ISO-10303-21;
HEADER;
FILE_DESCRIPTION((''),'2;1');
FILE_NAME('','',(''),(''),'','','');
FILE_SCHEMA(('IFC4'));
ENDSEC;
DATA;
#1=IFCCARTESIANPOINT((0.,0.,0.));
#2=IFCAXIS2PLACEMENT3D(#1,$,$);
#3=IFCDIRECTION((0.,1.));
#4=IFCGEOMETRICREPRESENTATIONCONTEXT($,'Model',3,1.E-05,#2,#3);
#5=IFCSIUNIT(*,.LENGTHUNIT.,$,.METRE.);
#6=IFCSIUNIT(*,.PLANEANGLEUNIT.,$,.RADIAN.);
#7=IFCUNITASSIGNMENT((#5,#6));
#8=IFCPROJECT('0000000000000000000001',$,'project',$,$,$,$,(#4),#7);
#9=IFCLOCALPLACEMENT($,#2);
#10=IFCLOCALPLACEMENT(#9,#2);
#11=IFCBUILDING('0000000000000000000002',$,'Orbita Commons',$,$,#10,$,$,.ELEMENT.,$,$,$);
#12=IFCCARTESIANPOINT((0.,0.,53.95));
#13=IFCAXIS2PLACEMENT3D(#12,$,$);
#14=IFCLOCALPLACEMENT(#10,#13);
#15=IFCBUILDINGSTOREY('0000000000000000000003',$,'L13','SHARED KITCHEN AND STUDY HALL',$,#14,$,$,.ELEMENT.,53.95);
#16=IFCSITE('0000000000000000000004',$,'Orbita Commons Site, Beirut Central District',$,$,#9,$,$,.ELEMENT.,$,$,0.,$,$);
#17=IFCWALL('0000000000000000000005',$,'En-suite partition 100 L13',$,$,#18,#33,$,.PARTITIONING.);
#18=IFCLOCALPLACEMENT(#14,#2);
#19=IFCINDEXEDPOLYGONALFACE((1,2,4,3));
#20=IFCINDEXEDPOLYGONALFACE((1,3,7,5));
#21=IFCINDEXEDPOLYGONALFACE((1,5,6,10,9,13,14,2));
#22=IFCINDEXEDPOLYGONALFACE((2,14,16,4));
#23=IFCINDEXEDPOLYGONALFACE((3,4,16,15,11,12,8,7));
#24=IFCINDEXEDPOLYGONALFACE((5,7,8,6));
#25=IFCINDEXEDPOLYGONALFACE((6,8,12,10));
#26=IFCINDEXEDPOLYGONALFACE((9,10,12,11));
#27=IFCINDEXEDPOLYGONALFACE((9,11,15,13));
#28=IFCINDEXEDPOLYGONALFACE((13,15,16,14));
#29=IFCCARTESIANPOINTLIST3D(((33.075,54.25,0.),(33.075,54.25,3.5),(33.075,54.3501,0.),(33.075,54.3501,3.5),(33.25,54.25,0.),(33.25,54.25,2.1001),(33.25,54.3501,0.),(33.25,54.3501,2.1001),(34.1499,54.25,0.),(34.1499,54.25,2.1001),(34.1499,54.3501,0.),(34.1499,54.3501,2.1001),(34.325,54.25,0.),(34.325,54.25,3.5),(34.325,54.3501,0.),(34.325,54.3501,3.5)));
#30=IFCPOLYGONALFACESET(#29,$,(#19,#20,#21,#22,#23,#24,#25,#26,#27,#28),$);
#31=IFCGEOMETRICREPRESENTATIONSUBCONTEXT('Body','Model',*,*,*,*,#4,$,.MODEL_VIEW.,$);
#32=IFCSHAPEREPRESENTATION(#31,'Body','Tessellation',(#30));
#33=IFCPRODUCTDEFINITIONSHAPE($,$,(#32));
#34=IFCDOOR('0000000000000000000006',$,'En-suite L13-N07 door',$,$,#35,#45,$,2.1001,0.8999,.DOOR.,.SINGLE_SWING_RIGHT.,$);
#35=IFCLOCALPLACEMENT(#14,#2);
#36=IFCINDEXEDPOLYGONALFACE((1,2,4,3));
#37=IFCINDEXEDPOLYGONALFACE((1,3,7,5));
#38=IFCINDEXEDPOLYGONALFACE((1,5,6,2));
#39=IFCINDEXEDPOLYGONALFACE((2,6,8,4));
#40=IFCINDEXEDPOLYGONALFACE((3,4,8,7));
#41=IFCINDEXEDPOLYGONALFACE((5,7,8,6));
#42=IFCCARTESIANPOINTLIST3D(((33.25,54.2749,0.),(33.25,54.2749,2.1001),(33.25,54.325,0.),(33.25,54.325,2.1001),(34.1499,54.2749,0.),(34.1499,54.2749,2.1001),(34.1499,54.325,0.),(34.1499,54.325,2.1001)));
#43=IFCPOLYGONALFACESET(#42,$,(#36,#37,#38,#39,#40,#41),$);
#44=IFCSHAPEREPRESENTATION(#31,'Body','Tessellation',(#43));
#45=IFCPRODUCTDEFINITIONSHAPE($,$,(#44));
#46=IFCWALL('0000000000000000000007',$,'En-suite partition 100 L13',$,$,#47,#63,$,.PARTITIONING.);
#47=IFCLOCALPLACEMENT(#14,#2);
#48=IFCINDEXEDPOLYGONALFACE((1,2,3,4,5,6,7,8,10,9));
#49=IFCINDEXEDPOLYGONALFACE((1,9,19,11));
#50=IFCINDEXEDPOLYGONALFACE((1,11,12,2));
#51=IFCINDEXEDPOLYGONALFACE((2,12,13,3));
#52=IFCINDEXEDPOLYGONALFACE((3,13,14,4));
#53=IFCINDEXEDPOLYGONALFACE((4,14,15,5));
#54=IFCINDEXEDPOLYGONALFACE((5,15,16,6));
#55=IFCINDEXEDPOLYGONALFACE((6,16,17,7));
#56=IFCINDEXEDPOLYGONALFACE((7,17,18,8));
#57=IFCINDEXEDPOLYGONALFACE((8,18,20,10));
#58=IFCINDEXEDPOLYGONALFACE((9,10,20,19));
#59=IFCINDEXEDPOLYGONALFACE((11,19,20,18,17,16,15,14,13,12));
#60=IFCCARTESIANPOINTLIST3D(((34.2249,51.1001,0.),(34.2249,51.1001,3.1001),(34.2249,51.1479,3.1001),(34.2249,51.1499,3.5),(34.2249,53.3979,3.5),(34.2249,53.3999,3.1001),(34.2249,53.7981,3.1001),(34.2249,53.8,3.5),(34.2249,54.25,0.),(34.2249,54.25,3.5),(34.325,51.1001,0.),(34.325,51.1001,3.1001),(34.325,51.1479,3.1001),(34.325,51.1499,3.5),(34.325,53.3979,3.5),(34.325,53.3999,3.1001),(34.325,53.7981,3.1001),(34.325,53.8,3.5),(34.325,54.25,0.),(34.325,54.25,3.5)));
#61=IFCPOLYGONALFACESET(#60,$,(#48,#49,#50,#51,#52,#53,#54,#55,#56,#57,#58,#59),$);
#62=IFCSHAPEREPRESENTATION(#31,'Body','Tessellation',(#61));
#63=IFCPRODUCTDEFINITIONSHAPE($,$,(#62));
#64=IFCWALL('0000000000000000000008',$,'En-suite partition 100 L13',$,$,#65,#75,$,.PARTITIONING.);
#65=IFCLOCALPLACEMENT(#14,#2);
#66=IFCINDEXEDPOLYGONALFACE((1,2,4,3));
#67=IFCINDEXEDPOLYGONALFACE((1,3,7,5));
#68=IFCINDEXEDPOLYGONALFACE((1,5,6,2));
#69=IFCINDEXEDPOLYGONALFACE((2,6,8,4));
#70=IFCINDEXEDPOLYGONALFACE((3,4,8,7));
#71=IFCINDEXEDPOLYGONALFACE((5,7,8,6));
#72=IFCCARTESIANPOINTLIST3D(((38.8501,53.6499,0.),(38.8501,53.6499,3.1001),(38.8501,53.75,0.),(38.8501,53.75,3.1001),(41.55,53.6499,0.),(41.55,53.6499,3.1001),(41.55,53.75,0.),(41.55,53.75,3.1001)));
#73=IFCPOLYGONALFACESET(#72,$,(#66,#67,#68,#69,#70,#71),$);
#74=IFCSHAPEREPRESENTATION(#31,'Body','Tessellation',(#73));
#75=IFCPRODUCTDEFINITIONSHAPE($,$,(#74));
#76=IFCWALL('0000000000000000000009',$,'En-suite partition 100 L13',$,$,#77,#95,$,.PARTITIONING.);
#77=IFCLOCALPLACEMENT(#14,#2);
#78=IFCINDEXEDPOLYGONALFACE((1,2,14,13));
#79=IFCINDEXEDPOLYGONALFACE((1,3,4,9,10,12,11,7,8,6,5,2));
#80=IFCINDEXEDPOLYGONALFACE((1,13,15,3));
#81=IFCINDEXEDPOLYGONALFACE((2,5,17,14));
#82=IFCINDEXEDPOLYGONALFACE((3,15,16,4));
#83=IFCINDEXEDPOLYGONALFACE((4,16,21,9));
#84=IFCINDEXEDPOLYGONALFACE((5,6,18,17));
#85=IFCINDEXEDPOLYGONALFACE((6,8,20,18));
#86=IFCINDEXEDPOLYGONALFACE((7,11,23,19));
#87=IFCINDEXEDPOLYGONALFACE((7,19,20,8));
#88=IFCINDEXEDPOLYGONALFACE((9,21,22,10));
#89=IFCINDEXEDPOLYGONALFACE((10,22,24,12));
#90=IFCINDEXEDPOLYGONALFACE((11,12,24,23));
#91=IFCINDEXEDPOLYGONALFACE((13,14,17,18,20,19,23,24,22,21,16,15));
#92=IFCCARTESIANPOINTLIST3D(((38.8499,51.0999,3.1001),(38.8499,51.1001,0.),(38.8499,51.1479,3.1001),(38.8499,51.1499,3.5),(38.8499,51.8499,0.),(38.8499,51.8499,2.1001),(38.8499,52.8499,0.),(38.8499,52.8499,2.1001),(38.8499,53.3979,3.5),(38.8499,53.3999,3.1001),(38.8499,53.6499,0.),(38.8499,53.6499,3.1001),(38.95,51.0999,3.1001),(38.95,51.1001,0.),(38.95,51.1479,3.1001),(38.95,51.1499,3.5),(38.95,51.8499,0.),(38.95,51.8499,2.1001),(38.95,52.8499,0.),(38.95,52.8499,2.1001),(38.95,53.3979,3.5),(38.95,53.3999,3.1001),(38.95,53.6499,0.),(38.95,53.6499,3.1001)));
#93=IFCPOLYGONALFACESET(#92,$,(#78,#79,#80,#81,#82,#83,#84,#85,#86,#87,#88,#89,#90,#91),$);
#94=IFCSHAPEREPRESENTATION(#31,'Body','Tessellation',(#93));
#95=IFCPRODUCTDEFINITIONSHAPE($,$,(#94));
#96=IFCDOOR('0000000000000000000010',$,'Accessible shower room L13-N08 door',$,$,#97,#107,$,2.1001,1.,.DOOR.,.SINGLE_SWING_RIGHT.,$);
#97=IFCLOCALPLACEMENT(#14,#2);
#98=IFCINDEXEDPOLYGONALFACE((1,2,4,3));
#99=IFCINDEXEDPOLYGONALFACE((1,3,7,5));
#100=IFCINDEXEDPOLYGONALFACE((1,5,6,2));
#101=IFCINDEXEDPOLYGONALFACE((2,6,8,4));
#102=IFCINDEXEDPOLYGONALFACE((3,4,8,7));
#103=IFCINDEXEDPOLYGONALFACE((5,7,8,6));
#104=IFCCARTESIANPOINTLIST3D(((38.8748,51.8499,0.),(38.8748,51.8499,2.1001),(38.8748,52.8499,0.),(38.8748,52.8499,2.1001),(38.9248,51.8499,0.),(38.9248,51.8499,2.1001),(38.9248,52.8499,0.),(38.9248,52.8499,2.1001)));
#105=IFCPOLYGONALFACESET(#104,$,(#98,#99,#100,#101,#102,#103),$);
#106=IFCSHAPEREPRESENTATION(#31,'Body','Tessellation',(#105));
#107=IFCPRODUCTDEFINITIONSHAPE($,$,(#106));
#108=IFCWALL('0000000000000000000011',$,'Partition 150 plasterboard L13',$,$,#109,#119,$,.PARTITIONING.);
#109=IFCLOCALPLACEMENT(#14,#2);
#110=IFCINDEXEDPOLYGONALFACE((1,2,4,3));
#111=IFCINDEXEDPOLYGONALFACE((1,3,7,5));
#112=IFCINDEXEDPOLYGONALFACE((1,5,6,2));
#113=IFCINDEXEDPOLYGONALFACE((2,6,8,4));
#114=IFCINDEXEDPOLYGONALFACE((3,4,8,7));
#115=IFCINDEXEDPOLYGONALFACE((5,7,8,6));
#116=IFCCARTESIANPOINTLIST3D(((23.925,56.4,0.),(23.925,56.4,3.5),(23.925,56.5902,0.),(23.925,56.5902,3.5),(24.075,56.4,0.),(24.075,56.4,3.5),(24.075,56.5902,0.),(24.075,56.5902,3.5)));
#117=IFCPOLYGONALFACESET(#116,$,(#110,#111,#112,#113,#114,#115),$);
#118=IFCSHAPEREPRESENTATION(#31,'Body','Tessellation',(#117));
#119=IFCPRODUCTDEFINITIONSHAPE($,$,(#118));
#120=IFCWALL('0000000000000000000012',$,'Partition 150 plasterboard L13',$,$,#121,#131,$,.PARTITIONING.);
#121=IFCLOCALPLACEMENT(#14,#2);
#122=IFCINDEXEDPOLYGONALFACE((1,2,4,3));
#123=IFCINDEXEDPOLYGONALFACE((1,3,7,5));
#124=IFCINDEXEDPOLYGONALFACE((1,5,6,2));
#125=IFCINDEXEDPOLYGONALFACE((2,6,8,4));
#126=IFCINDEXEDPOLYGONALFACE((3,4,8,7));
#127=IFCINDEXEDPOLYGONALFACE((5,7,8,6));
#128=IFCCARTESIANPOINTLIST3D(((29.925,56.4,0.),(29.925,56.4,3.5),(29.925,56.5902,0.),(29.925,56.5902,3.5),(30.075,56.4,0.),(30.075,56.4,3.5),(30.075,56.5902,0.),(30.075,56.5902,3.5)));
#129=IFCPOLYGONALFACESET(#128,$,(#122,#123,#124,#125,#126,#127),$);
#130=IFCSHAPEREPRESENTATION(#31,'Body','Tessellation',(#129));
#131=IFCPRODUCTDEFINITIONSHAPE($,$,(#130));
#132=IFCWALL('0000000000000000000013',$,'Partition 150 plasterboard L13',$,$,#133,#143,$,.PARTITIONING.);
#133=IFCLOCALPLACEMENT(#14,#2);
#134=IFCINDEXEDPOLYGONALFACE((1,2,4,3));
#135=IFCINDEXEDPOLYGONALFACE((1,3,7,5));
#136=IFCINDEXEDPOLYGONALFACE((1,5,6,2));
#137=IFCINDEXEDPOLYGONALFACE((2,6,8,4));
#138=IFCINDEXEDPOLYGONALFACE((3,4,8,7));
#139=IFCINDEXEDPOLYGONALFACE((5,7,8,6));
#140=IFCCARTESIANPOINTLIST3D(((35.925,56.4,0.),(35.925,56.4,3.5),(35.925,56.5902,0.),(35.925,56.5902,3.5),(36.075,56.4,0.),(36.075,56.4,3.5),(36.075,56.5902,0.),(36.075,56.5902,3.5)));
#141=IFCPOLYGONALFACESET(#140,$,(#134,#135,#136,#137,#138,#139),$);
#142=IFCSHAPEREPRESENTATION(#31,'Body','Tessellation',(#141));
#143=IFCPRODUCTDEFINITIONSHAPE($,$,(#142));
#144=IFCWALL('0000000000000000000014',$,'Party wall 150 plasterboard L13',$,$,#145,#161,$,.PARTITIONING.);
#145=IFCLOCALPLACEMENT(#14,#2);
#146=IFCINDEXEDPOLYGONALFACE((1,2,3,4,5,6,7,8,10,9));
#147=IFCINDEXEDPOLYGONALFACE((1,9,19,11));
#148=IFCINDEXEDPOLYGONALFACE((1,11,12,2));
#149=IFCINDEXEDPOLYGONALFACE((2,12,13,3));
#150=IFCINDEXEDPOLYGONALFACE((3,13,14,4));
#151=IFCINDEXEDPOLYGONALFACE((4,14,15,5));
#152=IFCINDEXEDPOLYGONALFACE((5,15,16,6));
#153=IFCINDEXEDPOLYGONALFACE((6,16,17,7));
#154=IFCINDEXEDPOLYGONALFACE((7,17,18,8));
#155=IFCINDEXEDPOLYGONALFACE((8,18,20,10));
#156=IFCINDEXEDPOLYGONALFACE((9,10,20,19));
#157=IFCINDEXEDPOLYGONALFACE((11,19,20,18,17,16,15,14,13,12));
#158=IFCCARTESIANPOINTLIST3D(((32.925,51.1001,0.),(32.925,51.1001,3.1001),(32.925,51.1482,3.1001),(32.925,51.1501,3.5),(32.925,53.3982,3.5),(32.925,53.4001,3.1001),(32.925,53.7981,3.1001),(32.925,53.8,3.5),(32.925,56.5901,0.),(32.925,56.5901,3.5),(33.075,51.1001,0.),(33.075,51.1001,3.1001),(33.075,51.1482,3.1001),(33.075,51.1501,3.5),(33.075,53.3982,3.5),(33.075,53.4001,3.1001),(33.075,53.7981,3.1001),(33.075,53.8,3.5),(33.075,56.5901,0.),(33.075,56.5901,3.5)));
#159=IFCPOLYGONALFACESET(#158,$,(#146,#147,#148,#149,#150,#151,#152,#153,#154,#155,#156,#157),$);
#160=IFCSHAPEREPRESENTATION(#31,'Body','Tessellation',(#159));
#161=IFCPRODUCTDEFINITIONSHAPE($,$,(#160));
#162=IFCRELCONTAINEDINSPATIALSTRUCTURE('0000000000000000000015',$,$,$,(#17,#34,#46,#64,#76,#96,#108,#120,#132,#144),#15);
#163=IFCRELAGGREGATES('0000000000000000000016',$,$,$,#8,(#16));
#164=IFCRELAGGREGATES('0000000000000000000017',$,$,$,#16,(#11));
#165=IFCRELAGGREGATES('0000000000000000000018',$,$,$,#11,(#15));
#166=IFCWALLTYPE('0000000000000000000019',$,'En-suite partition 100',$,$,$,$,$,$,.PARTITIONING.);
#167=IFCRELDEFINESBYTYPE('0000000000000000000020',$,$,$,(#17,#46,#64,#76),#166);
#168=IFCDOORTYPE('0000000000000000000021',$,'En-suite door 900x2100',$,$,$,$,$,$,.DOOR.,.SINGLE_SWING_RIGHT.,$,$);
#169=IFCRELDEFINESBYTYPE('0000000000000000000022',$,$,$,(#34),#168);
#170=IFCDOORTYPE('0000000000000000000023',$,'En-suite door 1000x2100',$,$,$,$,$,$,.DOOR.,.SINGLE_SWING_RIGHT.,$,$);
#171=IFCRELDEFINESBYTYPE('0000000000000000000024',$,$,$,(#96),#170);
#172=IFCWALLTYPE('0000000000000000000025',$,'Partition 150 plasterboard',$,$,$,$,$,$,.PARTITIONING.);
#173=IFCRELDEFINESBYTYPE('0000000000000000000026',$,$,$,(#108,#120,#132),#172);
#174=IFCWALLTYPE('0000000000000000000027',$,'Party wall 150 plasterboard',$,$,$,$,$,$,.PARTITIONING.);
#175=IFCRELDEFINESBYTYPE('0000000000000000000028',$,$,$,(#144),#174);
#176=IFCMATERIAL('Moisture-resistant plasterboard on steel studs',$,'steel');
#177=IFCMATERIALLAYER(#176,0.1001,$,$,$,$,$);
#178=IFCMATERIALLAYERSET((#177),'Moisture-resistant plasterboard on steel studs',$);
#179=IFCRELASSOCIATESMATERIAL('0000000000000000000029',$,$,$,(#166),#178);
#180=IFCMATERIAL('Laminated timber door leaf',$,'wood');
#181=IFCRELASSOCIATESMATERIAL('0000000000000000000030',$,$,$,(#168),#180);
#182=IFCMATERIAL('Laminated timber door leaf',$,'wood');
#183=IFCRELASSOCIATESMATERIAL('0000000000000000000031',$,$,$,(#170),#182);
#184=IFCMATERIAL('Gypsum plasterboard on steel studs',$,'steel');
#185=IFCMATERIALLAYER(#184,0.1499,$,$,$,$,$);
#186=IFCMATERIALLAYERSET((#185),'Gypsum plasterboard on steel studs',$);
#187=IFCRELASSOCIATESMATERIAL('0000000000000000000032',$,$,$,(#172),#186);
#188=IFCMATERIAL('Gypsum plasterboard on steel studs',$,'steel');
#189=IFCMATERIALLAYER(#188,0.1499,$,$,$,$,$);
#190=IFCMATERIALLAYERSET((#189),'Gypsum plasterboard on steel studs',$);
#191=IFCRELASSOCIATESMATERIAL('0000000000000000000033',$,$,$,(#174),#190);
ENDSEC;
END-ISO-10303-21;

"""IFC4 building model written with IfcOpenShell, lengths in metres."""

from ifc_helpers import new_model, si_unit, direction, frame, frame_2d, origin, place, context, subcontext, project, spatial, polyline, rectangle, outline, extrude, material, layer, layer_set, type_object, element, fill, save


model = new_model("IFC4")

# Units and contexts
model_context = context("Model", 3, precision=1e-05, world=origin(), true_north=direction((0.0, 1.0)))
body_context = subcontext(model_context, "Body", "Model", "MODEL_VIEW")
ifc_project = project(units=[si_unit("LENGTHUNIT", "METRE"), si_unit("PLANEANGLEUNIT", "RADIAN")], contexts=[model_context])

# Site, building, storey
site_placement = place(None, origin())
site = spatial("IfcSite", under=ifc_project, at=site_placement, Name="Orbita Commons Site, Beirut Central District", CompositionType="ELEMENT", RefElevation=0.0)
building_placement = place(site_placement, origin())
building = spatial("IfcBuilding", under=site, at=building_placement, Name="Orbita Commons", CompositionType="ELEMENT")
storey_placement = place(building_placement, frame((0.0, 0.0, 53.95)))
storey = spatial("IfcBuildingStorey", under=building, at=storey_placement, Name="L13", Description="SHARED KITCHEN AND STUDY HALL", CompositionType="ELEMENT", Elevation=53.95)

# Shared definitions
ifc_material_1 = material(Name="Moisture-resistant plasterboard on steel studs", Category="steel")
ifc_layer_1 = layer(ifc_material_1, 0.1001)
ifc_layer_set_1 = layer_set([ifc_layer_1], Name="Moisture-resistant plasterboard on steel studs")
wall_type_1 = type_object("IfcWallType", Name="En-suite partition 100", PredefinedType="PARTITIONING", material=ifc_layer_set_1)
ifc_material_2 = material(Name="Laminated timber door leaf", Category="wood")
door_type_1 = type_object("IfcDoorType", Name="En-suite door 900x2100", OperationType="SINGLE_SWING_RIGHT", PredefinedType="DOOR", material=ifc_material_2)

# Wall, opening, door
wall_1_placement = place(storey_placement, frame((33.075, 54.3, 0.0), z_axis=(0.0, 0.0, 1.0), x_axis=(1.0, 0.0, 0.0)))
wall_1 = element("IfcWall", 1, at=wall_1_placement, inside=storey, type_object=wall_type_1, Name="En-suite partition 100 L13", PredefinedType="PARTITIONING", context=body_context, shape_type="SweptSolid", body=[
    extrude(rectangle(XDim=1.25, YDim=0.1001, at=frame_2d((0.625, 0.0))), origin(), (0.0, 0.0, 1.0), 3.5),
])
opening_1_placement = place(wall_1_placement, frame((0.175, 0.0, 0.0)))
opening_1 = element("IfcOpeningElement", 2, at=opening_1_placement, cuts=wall_1, PredefinedType="OPENING", context=body_context, shape_type="SweptSolid", body=[
    extrude(rectangle(XDim=0.8999, YDim=2.1001, at=frame_2d((0.45, 1.05))), frame((0.0, 0.0601, 0.0), z_axis=(0.0, -1.0, 0.0), x_axis=(1.0, 0.0, 0.0)), (0.0, 0.0, 1.0), 0.1201),
])
door_1_placement = place(opening_1_placement, origin())
door_1 = element("IfcDoor", 3, at=door_1_placement, inside=storey, type_object=door_type_1, Name="En-suite L13-N07 door", OperationType="SINGLE_SWING_RIGHT", OverallHeight=2.1001, OverallWidth=0.8999, PredefinedType="DOOR", context=body_context, shape_type="SweptSolid", body=[
    extrude(rectangle(XDim=0.8999, YDim=2.1001, at=frame_2d((0.45, 1.05))), frame((0.0, 0.0249, 0.0), z_axis=(0.0, -1.0, 0.0), x_axis=(1.0, 0.0, 0.0)), (0.0, 0.0, 1.0), 0.05),
])
fill(opening_1, door_1)

# Walls
wall_2_placement = place(storey_placement, frame((34.2749, 54.25, 0.0), z_axis=(0.0, 0.0, 1.0), x_axis=(0.0, -1.0, 0.0)))
element("IfcWall", 4, at=wall_2_placement, inside=storey, type_object=wall_type_1, Name="En-suite partition 100 L13", PredefinedType="PARTITIONING", context=body_context, shape_type="SweptSolid", body=[
    extrude(outline(polyline([(0.0, 0.0), (3.1499, 0.0), (3.1499, 3.1001), (3.1021, 3.1001), (3.1001, 3.5), (0.8521, 3.5), (0.8501, 3.1001), (0.4519, 3.1001), (0.45, 3.5), (0.0, 3.5), (0.0, 0.0)])), frame((0.0, 0.05, 0.0), z_axis=(0.0, -1.0, 0.0), x_axis=(1.0, 0.0, 0.0)), (0.0, 0.0, 1.0), 0.1001),
])
wall_3_placement = place(storey_placement, frame((38.8501, 53.7, 0.0), z_axis=(0.0, 0.0, 1.0), x_axis=(1.0, 0.0, 0.0)))
element("IfcWall", 5, at=wall_3_placement, inside=storey, type_object=wall_type_1, Name="En-suite partition 100 L13", PredefinedType="PARTITIONING", context=body_context, shape_type="SweptSolid", body=[
    extrude(outline(polyline([(0.0, 0.0), (2.7, 0.0), (2.7, 3.1001), (0.0, 3.1001), (0.0, 0.0)])), frame((0.0, 0.05, 0.0), z_axis=(0.0, -1.0, 0.0), x_axis=(1.0, 0.0, 0.0)), (0.0, 0.0, 1.0), 0.1001),
])

# Wall, opening, door
wall_4_placement = place(storey_placement, frame((38.8999, 53.6499, 0.0), z_axis=(0.0, 0.0, 1.0), x_axis=(0.0, -1.0, 0.0)))
wall_4 = element("IfcWall", 6, at=wall_4_placement, inside=storey, type_object=wall_type_1, Name="En-suite partition 100 L13", PredefinedType="PARTITIONING", context=body_context, shape_type="SweptSolid", body=[
    extrude(outline(polyline([(0.0, 0.0), (2.5498, 0.0), (2.55, 3.1001), (2.502, 3.1001), (2.5, 3.5), (0.252, 3.5), (0.25, 3.1001), (0.0, 3.1001), (0.0, 0.0)])), frame((0.0, 0.05, 0.0), z_axis=(0.0, -1.0, 0.0), x_axis=(1.0, 0.0, 0.0)), (0.0, 0.0, 1.0), 0.1001),
])
opening_2_placement = place(wall_4_placement, frame((0.8, 0.0, 0.0)))
opening_2 = element("IfcOpeningElement", 7, at=opening_2_placement, cuts=wall_4, PredefinedType="OPENING", context=body_context, shape_type="SweptSolid", body=[
    extrude(rectangle(XDim=1.0, YDim=2.1001, at=frame_2d((0.5, 1.05))), frame((0.0, 0.0601, 0.0), z_axis=(0.0, -1.0, 0.0), x_axis=(1.0, 0.0, 0.0)), (0.0, 0.0, 1.0), 0.1201),
])
ifc_material_3 = material(Name="Laminated timber door leaf", Category="wood")
door_type_2 = type_object("IfcDoorType", Name="En-suite door 1000x2100", OperationType="SINGLE_SWING_RIGHT", PredefinedType="DOOR", material=ifc_material_3)
door_2_placement = place(opening_2_placement, origin())
door_2 = element("IfcDoor", 8, at=door_2_placement, inside=storey, type_object=door_type_2, Name="Accessible shower room L13-N08 door", OperationType="SINGLE_SWING_RIGHT", OverallHeight=2.1001, OverallWidth=1.0, PredefinedType="DOOR", context=body_context, shape_type="SweptSolid", body=[
    extrude(rectangle(XDim=1.0, YDim=2.1001, at=frame_2d((0.5, 1.05))), frame((0.0, 0.0249, 0.0), z_axis=(0.0, -1.0, 0.0), x_axis=(1.0, 0.0, 0.0)), (0.0, 0.0, 1.0), 0.05),
])
fill(opening_2, door_2)

# Walls
ifc_material_4 = material(Name="Gypsum plasterboard on steel studs", Category="steel")
ifc_layer_2 = layer(ifc_material_4, 0.1499)
ifc_layer_set_2 = layer_set([ifc_layer_2], Name="Gypsum plasterboard on steel studs")
wall_type_2 = type_object("IfcWallType", Name="Partition 150 plasterboard", PredefinedType="PARTITIONING", material=ifc_layer_set_2)
for number, where, z_axis, x_axis, name in (
    (9, (24.0, 56.3999, 0.0), (0.0, 0.0, 1.0), (0.0, 1.0, 0.0), "Partition 150 plasterboard L13"),
    (10, (30.0, 56.3999, 0.0), (0.0, 0.0, 1.0), (0.0, 1.0, 0.0), "Partition 150 plasterboard L13"),
    (11, (36.0, 56.3999, 0.0), (0.0, 0.0, 1.0), (0.0, 1.0, 0.0), "Partition 150 plasterboard L13"),
):
    element("IfcWall", number, at=place(storey_placement, frame(where, z_axis=z_axis, x_axis=x_axis)), inside=storey, type_object=wall_type_2, Name=name, PredefinedType="PARTITIONING", context=body_context, shape_type="SweptSolid", body=[
        extrude(rectangle(XDim=0.1902, YDim=0.1499, at=frame_2d((0.0952, 0.0))), origin(), (0.0, 0.0, 1.0), 3.5),
    ])
ifc_material_5 = material(Name="Gypsum plasterboard on steel studs", Category="steel")
ifc_layer_3 = layer(ifc_material_5, 0.1499)
ifc_layer_set_3 = layer_set([ifc_layer_3], Name="Gypsum plasterboard on steel studs")
wall_type_3 = type_object("IfcWallType", Name="Party wall 150 plasterboard", PredefinedType="PARTITIONING", material=ifc_layer_set_3)
wall_5_placement = place(storey_placement, frame((33.0, 56.5901, 0.0), z_axis=(0.0, 0.0, 1.0), x_axis=(0.0, -1.0, 0.0)))
element("IfcWall", 12, at=wall_5_placement, inside=storey, type_object=wall_type_3, Name="Party wall 150 plasterboard L13", PredefinedType="PARTITIONING", context=body_context, shape_type="SweptSolid", body=[
    extrude(outline(polyline([(0.0, 0.0), (5.49, 0.0), (5.49, 3.1001), (5.4419, 3.1001), (5.4399, 3.5), (3.1919, 3.5), (3.1899, 3.1001), (2.792, 3.1001), (2.79, 3.5), (0.0, 3.5), (0.0, 0.0)])), frame((0.0, 0.075, 0.0), z_axis=(0.0, -1.0, 0.0), x_axis=(1.0, 0.0, 0.0)), (0.0, 0.0, 1.0), 0.1499),
])

save(model, "model.ifc")
